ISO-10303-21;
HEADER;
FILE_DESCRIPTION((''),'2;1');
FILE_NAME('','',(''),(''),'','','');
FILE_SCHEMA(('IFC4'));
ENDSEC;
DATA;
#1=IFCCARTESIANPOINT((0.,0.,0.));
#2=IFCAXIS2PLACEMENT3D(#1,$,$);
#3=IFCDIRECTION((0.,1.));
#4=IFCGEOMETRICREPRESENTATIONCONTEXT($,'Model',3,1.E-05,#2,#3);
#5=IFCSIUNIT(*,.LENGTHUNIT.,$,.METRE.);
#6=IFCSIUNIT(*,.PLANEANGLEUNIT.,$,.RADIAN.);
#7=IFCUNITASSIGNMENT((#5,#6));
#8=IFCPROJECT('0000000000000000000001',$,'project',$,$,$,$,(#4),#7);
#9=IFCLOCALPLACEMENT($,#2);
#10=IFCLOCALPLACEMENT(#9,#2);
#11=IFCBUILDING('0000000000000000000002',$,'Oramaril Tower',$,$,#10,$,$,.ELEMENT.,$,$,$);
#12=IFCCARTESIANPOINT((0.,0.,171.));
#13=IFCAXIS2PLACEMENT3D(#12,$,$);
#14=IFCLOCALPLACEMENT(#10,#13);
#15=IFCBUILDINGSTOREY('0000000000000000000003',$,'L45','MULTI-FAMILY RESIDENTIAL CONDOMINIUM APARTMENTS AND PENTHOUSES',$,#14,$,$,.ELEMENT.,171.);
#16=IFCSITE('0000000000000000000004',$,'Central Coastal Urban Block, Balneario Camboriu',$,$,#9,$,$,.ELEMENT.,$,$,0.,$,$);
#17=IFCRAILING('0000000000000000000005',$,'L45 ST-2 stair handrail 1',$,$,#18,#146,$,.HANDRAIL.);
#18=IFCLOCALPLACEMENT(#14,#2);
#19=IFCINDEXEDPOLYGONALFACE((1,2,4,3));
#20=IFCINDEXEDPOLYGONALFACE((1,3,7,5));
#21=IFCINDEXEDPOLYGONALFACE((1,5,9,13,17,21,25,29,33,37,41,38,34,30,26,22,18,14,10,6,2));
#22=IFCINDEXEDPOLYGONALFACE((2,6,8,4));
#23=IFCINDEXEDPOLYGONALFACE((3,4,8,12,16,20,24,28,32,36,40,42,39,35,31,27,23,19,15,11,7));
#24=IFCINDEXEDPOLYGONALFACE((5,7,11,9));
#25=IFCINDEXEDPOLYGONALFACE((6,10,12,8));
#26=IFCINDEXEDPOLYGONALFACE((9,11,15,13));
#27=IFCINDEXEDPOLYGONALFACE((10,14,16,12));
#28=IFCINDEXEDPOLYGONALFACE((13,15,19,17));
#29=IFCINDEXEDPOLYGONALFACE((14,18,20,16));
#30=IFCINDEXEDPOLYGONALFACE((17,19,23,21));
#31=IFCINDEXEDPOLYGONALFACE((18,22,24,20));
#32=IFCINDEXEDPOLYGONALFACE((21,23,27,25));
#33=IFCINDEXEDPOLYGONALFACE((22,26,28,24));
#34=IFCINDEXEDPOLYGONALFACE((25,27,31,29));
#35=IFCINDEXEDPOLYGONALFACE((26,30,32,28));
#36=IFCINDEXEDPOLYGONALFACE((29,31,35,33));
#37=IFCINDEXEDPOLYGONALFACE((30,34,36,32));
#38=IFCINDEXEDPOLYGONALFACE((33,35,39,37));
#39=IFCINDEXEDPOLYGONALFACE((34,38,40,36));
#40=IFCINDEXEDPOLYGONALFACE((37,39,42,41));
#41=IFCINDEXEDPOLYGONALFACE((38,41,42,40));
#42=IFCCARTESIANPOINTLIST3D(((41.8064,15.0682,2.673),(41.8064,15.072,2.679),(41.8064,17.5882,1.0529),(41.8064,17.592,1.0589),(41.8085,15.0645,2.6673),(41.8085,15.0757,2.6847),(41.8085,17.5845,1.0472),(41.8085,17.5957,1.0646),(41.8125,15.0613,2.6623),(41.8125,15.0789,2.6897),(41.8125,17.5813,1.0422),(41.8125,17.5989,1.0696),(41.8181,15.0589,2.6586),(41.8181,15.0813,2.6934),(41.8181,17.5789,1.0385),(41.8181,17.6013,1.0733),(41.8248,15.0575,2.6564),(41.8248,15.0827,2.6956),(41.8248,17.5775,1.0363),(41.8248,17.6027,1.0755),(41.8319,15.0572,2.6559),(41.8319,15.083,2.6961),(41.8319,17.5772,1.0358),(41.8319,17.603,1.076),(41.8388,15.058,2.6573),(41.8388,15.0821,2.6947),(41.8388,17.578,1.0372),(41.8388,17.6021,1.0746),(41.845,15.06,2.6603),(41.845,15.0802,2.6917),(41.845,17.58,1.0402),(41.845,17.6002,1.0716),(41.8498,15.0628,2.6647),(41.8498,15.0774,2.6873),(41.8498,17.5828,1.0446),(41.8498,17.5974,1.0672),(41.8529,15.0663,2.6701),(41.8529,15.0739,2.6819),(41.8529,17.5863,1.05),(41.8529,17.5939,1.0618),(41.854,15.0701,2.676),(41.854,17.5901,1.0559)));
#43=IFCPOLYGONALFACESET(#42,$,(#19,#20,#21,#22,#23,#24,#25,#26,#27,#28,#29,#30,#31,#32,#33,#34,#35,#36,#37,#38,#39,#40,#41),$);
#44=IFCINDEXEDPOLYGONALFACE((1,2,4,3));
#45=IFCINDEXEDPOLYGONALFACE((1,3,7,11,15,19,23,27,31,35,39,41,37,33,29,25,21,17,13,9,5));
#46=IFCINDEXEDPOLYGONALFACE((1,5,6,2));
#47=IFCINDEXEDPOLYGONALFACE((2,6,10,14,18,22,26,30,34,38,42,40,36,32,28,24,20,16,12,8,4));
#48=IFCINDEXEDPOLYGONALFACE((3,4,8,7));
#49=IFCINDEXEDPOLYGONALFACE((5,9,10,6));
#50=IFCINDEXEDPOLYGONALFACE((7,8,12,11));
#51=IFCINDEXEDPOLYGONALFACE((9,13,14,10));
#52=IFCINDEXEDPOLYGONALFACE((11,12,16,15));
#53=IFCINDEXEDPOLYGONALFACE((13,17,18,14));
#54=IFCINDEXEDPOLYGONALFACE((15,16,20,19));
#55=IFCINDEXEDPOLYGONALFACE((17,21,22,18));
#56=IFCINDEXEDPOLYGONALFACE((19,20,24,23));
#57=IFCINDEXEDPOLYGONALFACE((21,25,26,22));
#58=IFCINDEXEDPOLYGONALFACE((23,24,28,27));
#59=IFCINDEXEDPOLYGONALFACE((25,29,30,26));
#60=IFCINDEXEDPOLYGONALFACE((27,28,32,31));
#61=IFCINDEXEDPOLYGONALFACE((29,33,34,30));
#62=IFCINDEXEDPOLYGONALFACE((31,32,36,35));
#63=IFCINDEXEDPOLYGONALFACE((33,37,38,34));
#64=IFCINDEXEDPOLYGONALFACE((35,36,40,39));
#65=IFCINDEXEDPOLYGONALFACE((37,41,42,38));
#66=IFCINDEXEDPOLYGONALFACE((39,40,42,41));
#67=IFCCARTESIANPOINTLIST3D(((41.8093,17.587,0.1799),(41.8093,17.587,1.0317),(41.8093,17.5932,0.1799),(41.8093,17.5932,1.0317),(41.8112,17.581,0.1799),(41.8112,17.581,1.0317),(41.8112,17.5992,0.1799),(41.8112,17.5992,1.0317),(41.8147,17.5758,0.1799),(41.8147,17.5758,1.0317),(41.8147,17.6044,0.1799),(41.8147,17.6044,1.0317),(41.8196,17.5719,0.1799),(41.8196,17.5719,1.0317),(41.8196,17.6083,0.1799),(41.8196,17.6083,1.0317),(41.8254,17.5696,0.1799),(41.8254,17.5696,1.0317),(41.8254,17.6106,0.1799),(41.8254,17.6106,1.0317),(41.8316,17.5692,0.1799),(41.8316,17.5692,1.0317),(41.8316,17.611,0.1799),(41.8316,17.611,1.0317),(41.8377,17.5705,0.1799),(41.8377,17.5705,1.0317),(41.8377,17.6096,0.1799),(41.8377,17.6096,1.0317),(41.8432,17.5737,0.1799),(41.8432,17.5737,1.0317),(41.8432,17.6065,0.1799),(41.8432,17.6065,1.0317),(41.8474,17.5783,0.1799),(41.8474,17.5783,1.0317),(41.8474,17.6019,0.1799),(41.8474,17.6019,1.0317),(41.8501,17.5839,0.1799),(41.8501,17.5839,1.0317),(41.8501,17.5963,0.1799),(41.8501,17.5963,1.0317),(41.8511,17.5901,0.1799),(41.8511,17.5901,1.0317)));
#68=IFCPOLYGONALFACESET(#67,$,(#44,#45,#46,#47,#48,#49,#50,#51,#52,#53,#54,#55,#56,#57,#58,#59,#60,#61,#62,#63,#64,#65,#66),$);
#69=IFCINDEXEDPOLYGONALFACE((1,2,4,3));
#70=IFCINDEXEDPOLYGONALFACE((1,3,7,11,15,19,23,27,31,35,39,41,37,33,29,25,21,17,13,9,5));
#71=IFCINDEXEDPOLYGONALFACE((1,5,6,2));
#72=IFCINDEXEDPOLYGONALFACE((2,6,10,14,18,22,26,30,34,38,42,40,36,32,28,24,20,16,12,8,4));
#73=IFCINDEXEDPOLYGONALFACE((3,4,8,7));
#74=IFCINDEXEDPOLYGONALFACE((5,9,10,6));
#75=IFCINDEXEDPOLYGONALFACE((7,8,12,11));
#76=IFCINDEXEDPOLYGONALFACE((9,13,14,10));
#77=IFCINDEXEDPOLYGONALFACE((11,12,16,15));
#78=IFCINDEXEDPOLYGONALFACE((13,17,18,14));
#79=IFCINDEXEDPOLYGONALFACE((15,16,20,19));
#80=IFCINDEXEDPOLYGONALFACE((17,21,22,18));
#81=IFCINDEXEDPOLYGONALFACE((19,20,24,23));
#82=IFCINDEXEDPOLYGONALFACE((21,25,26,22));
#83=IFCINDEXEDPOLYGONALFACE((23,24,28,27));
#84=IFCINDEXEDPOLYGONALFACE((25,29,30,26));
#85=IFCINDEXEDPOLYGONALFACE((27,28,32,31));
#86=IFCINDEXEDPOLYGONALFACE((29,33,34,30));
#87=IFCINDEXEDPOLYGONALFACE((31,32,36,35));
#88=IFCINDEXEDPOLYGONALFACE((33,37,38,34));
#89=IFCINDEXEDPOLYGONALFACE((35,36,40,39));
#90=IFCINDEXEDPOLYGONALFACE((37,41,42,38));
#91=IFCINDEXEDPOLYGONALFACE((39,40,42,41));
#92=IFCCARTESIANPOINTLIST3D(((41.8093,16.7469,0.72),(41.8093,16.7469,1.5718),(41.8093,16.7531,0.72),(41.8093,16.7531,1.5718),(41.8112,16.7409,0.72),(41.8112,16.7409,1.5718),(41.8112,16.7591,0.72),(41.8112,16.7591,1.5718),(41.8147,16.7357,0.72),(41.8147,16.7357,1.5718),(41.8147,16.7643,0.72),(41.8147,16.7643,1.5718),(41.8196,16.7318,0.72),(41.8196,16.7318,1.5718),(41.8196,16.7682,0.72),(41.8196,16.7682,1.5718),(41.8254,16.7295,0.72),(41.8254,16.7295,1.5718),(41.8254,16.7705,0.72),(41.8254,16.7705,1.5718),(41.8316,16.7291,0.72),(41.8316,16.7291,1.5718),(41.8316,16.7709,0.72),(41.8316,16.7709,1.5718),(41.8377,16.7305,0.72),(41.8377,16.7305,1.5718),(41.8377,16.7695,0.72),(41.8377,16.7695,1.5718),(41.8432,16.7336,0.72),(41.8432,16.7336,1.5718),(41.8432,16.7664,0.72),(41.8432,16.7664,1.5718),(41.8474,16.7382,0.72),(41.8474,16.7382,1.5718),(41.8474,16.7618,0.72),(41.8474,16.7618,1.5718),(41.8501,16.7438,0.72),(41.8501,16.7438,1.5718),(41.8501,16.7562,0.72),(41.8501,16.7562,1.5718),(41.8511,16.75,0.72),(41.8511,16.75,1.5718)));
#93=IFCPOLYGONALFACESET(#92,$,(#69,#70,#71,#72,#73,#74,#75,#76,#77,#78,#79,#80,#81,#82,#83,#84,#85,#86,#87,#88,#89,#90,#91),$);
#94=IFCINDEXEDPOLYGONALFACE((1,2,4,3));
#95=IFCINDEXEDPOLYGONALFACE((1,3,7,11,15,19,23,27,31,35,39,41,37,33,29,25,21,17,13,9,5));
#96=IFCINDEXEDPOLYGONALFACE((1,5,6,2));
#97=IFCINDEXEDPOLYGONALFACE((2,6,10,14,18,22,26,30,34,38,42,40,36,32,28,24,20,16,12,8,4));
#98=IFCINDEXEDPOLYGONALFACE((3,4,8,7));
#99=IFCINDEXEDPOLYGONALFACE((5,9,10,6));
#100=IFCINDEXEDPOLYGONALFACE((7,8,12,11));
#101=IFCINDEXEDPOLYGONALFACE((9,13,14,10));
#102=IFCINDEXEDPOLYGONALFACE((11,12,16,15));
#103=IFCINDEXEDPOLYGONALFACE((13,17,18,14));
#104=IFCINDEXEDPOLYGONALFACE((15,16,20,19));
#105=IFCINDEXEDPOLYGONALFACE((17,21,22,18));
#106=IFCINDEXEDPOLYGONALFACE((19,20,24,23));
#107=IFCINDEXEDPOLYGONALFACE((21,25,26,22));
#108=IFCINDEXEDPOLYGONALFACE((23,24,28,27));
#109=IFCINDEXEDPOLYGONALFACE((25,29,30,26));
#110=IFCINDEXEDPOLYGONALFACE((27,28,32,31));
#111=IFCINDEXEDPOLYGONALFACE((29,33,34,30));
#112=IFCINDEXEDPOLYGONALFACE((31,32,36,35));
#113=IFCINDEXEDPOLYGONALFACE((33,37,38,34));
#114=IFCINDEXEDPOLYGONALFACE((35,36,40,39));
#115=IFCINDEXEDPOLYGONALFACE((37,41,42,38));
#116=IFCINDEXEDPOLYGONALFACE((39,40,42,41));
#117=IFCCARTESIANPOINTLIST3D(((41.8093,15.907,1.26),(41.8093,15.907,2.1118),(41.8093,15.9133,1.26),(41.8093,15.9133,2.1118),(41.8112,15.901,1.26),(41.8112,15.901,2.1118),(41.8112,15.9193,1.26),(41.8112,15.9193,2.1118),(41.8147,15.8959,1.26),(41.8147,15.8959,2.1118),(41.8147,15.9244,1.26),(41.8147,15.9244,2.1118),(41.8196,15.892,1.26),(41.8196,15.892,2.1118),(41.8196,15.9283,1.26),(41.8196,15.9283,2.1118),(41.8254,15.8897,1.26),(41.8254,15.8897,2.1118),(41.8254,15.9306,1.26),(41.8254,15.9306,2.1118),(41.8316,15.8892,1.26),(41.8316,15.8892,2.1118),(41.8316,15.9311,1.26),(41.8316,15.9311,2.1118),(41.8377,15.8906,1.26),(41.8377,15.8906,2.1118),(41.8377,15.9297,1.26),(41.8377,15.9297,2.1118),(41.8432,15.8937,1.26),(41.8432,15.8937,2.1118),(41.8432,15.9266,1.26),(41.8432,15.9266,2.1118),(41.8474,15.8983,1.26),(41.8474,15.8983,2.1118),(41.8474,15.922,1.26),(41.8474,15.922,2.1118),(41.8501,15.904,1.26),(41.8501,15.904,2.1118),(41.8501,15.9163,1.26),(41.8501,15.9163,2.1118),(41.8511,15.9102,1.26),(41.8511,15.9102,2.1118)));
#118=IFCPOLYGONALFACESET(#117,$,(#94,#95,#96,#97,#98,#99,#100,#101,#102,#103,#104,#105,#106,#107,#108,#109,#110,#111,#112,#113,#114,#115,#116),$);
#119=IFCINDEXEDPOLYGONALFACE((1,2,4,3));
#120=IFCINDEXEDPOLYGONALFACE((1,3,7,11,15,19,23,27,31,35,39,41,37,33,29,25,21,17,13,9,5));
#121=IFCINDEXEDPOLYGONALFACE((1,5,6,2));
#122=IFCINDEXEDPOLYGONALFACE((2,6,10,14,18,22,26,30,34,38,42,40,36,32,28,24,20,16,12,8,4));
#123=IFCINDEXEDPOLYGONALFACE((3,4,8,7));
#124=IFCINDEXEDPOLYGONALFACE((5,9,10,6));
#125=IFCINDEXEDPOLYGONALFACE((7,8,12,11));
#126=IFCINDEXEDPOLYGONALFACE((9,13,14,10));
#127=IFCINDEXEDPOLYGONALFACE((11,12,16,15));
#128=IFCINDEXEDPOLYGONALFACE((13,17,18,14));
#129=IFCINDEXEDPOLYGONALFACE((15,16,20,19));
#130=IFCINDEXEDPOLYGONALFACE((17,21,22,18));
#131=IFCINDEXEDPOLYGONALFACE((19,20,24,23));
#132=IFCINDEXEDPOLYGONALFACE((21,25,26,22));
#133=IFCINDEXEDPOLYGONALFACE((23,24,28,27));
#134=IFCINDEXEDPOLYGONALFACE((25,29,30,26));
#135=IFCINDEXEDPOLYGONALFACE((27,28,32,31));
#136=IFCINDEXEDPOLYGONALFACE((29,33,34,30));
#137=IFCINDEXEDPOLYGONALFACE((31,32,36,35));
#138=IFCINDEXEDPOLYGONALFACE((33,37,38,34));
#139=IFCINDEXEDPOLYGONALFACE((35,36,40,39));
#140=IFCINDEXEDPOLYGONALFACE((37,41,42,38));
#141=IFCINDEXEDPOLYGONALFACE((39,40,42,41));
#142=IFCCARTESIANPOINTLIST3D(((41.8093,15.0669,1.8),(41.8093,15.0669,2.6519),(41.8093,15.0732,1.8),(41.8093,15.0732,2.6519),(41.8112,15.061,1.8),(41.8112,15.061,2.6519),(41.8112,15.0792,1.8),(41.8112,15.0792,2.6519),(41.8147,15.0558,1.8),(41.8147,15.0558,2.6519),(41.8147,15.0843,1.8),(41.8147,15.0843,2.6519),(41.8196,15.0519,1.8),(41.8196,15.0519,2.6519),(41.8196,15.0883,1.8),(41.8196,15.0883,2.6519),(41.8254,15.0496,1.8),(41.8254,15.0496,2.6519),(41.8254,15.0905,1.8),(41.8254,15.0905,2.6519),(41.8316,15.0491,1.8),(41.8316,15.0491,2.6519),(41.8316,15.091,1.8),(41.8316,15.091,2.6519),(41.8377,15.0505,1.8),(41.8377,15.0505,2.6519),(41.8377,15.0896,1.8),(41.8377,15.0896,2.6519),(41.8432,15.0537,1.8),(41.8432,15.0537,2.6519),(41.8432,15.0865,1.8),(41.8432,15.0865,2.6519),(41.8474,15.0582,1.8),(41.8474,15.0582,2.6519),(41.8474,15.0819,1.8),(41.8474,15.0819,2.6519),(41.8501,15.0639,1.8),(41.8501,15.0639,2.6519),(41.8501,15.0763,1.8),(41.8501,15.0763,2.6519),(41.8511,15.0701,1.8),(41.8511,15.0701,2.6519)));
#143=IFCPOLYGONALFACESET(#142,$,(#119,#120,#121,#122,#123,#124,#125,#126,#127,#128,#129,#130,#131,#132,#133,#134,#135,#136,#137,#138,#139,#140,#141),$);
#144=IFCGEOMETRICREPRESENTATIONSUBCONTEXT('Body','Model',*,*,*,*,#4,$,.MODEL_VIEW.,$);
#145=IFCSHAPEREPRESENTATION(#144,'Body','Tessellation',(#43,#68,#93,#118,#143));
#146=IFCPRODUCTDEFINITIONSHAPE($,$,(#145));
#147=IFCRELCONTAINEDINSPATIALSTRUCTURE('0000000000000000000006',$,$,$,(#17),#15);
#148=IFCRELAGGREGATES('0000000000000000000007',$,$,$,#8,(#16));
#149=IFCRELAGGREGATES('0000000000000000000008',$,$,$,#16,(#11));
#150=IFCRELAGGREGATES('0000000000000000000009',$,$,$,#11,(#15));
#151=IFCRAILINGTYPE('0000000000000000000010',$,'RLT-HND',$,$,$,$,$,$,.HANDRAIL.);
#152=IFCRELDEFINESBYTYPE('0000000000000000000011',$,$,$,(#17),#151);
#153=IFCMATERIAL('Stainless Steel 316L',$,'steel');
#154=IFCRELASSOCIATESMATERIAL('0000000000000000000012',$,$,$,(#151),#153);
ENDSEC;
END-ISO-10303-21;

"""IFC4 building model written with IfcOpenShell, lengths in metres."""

from ifc_helpers import new_model, si_unit, direction, frame, origin, origin_2d, place, context, subcontext, project, spatial, circle, extrude, material, type_object, element, save


model = new_model("IFC4")

# Units and contexts
model_context = context("Model", 3, precision=1e-05, world=origin(), true_north=direction((0.0, 1.0)))
body_context = subcontext(model_context, "Body", "Model", "MODEL_VIEW")
ifc_project = project(units=[si_unit("LENGTHUNIT", "METRE"), si_unit("PLANEANGLEUNIT", "RADIAN")], contexts=[model_context])

# Site, building, storey
site_placement = place(None, origin())
site = spatial("IfcSite", under=ifc_project, at=site_placement, Name="Central Coastal Urban Block, Balneario Camboriu", CompositionType="ELEMENT", RefElevation=0.0)
building_placement = place(site_placement, origin())
building = spatial("IfcBuilding", under=site, at=building_placement, Name="Oramaril Tower", CompositionType="ELEMENT")
storey_placement = place(building_placement, frame((0.0, 0.0, 171.0)))
storey = spatial("IfcBuildingStorey", under=building, at=storey_placement, Name="L45", Description="MULTI-FAMILY RESIDENTIAL CONDOMINIUM APARTMENTS AND PENTHOUSES", CompositionType="ELEMENT", Elevation=171.0)

# Railing
ifc_material_1 = material(Name="Stainless Steel 316L", Category="steel")
railing_type_1 = type_object("IfcRailingType", Name="RLT-HND", PredefinedType="HANDRAIL", material=ifc_material_1)
railing_1_placement = place(storey_placement, frame((41.8301, 17.5901, 0.1799)))
element("IfcRailing", 1, at=railing_1_placement, inside=storey, type_object=railing_type_1, Name="L45 ST-2 stair handrail 1", PredefinedType="HANDRAIL", context=body_context, shape_type="SweptSolid", body=[
    extrude(circle(Radius=0.0239, at=origin_2d()), frame((0.0, 0.0, 0.876), z_axis=(0.0, -0.841163, 0.540782), x_axis=(1.0, 0.0, 0.0)), (0.0, 0.0, 1.0), 2.9958),
    extrude(circle(Radius=0.021, at=origin_2d()), origin(), (0.0, 0.0, 1.0), 0.8518),
    extrude(circle(Radius=0.021, at=origin_2d()), frame((0.0, -0.8401, 0.54)), (0.0, 0.0, 1.0), 0.8518),
    extrude(circle(Radius=0.021, at=origin_2d()), frame((0.0, -1.6799, 1.0801)), (0.0, 0.0, 1.0), 0.8518),
    extrude(circle(Radius=0.021, at=origin_2d()), frame((0.0, -2.52, 1.6201)), (0.0, 0.0, 1.0), 0.8518),
])

save(model, "model.ifc")
